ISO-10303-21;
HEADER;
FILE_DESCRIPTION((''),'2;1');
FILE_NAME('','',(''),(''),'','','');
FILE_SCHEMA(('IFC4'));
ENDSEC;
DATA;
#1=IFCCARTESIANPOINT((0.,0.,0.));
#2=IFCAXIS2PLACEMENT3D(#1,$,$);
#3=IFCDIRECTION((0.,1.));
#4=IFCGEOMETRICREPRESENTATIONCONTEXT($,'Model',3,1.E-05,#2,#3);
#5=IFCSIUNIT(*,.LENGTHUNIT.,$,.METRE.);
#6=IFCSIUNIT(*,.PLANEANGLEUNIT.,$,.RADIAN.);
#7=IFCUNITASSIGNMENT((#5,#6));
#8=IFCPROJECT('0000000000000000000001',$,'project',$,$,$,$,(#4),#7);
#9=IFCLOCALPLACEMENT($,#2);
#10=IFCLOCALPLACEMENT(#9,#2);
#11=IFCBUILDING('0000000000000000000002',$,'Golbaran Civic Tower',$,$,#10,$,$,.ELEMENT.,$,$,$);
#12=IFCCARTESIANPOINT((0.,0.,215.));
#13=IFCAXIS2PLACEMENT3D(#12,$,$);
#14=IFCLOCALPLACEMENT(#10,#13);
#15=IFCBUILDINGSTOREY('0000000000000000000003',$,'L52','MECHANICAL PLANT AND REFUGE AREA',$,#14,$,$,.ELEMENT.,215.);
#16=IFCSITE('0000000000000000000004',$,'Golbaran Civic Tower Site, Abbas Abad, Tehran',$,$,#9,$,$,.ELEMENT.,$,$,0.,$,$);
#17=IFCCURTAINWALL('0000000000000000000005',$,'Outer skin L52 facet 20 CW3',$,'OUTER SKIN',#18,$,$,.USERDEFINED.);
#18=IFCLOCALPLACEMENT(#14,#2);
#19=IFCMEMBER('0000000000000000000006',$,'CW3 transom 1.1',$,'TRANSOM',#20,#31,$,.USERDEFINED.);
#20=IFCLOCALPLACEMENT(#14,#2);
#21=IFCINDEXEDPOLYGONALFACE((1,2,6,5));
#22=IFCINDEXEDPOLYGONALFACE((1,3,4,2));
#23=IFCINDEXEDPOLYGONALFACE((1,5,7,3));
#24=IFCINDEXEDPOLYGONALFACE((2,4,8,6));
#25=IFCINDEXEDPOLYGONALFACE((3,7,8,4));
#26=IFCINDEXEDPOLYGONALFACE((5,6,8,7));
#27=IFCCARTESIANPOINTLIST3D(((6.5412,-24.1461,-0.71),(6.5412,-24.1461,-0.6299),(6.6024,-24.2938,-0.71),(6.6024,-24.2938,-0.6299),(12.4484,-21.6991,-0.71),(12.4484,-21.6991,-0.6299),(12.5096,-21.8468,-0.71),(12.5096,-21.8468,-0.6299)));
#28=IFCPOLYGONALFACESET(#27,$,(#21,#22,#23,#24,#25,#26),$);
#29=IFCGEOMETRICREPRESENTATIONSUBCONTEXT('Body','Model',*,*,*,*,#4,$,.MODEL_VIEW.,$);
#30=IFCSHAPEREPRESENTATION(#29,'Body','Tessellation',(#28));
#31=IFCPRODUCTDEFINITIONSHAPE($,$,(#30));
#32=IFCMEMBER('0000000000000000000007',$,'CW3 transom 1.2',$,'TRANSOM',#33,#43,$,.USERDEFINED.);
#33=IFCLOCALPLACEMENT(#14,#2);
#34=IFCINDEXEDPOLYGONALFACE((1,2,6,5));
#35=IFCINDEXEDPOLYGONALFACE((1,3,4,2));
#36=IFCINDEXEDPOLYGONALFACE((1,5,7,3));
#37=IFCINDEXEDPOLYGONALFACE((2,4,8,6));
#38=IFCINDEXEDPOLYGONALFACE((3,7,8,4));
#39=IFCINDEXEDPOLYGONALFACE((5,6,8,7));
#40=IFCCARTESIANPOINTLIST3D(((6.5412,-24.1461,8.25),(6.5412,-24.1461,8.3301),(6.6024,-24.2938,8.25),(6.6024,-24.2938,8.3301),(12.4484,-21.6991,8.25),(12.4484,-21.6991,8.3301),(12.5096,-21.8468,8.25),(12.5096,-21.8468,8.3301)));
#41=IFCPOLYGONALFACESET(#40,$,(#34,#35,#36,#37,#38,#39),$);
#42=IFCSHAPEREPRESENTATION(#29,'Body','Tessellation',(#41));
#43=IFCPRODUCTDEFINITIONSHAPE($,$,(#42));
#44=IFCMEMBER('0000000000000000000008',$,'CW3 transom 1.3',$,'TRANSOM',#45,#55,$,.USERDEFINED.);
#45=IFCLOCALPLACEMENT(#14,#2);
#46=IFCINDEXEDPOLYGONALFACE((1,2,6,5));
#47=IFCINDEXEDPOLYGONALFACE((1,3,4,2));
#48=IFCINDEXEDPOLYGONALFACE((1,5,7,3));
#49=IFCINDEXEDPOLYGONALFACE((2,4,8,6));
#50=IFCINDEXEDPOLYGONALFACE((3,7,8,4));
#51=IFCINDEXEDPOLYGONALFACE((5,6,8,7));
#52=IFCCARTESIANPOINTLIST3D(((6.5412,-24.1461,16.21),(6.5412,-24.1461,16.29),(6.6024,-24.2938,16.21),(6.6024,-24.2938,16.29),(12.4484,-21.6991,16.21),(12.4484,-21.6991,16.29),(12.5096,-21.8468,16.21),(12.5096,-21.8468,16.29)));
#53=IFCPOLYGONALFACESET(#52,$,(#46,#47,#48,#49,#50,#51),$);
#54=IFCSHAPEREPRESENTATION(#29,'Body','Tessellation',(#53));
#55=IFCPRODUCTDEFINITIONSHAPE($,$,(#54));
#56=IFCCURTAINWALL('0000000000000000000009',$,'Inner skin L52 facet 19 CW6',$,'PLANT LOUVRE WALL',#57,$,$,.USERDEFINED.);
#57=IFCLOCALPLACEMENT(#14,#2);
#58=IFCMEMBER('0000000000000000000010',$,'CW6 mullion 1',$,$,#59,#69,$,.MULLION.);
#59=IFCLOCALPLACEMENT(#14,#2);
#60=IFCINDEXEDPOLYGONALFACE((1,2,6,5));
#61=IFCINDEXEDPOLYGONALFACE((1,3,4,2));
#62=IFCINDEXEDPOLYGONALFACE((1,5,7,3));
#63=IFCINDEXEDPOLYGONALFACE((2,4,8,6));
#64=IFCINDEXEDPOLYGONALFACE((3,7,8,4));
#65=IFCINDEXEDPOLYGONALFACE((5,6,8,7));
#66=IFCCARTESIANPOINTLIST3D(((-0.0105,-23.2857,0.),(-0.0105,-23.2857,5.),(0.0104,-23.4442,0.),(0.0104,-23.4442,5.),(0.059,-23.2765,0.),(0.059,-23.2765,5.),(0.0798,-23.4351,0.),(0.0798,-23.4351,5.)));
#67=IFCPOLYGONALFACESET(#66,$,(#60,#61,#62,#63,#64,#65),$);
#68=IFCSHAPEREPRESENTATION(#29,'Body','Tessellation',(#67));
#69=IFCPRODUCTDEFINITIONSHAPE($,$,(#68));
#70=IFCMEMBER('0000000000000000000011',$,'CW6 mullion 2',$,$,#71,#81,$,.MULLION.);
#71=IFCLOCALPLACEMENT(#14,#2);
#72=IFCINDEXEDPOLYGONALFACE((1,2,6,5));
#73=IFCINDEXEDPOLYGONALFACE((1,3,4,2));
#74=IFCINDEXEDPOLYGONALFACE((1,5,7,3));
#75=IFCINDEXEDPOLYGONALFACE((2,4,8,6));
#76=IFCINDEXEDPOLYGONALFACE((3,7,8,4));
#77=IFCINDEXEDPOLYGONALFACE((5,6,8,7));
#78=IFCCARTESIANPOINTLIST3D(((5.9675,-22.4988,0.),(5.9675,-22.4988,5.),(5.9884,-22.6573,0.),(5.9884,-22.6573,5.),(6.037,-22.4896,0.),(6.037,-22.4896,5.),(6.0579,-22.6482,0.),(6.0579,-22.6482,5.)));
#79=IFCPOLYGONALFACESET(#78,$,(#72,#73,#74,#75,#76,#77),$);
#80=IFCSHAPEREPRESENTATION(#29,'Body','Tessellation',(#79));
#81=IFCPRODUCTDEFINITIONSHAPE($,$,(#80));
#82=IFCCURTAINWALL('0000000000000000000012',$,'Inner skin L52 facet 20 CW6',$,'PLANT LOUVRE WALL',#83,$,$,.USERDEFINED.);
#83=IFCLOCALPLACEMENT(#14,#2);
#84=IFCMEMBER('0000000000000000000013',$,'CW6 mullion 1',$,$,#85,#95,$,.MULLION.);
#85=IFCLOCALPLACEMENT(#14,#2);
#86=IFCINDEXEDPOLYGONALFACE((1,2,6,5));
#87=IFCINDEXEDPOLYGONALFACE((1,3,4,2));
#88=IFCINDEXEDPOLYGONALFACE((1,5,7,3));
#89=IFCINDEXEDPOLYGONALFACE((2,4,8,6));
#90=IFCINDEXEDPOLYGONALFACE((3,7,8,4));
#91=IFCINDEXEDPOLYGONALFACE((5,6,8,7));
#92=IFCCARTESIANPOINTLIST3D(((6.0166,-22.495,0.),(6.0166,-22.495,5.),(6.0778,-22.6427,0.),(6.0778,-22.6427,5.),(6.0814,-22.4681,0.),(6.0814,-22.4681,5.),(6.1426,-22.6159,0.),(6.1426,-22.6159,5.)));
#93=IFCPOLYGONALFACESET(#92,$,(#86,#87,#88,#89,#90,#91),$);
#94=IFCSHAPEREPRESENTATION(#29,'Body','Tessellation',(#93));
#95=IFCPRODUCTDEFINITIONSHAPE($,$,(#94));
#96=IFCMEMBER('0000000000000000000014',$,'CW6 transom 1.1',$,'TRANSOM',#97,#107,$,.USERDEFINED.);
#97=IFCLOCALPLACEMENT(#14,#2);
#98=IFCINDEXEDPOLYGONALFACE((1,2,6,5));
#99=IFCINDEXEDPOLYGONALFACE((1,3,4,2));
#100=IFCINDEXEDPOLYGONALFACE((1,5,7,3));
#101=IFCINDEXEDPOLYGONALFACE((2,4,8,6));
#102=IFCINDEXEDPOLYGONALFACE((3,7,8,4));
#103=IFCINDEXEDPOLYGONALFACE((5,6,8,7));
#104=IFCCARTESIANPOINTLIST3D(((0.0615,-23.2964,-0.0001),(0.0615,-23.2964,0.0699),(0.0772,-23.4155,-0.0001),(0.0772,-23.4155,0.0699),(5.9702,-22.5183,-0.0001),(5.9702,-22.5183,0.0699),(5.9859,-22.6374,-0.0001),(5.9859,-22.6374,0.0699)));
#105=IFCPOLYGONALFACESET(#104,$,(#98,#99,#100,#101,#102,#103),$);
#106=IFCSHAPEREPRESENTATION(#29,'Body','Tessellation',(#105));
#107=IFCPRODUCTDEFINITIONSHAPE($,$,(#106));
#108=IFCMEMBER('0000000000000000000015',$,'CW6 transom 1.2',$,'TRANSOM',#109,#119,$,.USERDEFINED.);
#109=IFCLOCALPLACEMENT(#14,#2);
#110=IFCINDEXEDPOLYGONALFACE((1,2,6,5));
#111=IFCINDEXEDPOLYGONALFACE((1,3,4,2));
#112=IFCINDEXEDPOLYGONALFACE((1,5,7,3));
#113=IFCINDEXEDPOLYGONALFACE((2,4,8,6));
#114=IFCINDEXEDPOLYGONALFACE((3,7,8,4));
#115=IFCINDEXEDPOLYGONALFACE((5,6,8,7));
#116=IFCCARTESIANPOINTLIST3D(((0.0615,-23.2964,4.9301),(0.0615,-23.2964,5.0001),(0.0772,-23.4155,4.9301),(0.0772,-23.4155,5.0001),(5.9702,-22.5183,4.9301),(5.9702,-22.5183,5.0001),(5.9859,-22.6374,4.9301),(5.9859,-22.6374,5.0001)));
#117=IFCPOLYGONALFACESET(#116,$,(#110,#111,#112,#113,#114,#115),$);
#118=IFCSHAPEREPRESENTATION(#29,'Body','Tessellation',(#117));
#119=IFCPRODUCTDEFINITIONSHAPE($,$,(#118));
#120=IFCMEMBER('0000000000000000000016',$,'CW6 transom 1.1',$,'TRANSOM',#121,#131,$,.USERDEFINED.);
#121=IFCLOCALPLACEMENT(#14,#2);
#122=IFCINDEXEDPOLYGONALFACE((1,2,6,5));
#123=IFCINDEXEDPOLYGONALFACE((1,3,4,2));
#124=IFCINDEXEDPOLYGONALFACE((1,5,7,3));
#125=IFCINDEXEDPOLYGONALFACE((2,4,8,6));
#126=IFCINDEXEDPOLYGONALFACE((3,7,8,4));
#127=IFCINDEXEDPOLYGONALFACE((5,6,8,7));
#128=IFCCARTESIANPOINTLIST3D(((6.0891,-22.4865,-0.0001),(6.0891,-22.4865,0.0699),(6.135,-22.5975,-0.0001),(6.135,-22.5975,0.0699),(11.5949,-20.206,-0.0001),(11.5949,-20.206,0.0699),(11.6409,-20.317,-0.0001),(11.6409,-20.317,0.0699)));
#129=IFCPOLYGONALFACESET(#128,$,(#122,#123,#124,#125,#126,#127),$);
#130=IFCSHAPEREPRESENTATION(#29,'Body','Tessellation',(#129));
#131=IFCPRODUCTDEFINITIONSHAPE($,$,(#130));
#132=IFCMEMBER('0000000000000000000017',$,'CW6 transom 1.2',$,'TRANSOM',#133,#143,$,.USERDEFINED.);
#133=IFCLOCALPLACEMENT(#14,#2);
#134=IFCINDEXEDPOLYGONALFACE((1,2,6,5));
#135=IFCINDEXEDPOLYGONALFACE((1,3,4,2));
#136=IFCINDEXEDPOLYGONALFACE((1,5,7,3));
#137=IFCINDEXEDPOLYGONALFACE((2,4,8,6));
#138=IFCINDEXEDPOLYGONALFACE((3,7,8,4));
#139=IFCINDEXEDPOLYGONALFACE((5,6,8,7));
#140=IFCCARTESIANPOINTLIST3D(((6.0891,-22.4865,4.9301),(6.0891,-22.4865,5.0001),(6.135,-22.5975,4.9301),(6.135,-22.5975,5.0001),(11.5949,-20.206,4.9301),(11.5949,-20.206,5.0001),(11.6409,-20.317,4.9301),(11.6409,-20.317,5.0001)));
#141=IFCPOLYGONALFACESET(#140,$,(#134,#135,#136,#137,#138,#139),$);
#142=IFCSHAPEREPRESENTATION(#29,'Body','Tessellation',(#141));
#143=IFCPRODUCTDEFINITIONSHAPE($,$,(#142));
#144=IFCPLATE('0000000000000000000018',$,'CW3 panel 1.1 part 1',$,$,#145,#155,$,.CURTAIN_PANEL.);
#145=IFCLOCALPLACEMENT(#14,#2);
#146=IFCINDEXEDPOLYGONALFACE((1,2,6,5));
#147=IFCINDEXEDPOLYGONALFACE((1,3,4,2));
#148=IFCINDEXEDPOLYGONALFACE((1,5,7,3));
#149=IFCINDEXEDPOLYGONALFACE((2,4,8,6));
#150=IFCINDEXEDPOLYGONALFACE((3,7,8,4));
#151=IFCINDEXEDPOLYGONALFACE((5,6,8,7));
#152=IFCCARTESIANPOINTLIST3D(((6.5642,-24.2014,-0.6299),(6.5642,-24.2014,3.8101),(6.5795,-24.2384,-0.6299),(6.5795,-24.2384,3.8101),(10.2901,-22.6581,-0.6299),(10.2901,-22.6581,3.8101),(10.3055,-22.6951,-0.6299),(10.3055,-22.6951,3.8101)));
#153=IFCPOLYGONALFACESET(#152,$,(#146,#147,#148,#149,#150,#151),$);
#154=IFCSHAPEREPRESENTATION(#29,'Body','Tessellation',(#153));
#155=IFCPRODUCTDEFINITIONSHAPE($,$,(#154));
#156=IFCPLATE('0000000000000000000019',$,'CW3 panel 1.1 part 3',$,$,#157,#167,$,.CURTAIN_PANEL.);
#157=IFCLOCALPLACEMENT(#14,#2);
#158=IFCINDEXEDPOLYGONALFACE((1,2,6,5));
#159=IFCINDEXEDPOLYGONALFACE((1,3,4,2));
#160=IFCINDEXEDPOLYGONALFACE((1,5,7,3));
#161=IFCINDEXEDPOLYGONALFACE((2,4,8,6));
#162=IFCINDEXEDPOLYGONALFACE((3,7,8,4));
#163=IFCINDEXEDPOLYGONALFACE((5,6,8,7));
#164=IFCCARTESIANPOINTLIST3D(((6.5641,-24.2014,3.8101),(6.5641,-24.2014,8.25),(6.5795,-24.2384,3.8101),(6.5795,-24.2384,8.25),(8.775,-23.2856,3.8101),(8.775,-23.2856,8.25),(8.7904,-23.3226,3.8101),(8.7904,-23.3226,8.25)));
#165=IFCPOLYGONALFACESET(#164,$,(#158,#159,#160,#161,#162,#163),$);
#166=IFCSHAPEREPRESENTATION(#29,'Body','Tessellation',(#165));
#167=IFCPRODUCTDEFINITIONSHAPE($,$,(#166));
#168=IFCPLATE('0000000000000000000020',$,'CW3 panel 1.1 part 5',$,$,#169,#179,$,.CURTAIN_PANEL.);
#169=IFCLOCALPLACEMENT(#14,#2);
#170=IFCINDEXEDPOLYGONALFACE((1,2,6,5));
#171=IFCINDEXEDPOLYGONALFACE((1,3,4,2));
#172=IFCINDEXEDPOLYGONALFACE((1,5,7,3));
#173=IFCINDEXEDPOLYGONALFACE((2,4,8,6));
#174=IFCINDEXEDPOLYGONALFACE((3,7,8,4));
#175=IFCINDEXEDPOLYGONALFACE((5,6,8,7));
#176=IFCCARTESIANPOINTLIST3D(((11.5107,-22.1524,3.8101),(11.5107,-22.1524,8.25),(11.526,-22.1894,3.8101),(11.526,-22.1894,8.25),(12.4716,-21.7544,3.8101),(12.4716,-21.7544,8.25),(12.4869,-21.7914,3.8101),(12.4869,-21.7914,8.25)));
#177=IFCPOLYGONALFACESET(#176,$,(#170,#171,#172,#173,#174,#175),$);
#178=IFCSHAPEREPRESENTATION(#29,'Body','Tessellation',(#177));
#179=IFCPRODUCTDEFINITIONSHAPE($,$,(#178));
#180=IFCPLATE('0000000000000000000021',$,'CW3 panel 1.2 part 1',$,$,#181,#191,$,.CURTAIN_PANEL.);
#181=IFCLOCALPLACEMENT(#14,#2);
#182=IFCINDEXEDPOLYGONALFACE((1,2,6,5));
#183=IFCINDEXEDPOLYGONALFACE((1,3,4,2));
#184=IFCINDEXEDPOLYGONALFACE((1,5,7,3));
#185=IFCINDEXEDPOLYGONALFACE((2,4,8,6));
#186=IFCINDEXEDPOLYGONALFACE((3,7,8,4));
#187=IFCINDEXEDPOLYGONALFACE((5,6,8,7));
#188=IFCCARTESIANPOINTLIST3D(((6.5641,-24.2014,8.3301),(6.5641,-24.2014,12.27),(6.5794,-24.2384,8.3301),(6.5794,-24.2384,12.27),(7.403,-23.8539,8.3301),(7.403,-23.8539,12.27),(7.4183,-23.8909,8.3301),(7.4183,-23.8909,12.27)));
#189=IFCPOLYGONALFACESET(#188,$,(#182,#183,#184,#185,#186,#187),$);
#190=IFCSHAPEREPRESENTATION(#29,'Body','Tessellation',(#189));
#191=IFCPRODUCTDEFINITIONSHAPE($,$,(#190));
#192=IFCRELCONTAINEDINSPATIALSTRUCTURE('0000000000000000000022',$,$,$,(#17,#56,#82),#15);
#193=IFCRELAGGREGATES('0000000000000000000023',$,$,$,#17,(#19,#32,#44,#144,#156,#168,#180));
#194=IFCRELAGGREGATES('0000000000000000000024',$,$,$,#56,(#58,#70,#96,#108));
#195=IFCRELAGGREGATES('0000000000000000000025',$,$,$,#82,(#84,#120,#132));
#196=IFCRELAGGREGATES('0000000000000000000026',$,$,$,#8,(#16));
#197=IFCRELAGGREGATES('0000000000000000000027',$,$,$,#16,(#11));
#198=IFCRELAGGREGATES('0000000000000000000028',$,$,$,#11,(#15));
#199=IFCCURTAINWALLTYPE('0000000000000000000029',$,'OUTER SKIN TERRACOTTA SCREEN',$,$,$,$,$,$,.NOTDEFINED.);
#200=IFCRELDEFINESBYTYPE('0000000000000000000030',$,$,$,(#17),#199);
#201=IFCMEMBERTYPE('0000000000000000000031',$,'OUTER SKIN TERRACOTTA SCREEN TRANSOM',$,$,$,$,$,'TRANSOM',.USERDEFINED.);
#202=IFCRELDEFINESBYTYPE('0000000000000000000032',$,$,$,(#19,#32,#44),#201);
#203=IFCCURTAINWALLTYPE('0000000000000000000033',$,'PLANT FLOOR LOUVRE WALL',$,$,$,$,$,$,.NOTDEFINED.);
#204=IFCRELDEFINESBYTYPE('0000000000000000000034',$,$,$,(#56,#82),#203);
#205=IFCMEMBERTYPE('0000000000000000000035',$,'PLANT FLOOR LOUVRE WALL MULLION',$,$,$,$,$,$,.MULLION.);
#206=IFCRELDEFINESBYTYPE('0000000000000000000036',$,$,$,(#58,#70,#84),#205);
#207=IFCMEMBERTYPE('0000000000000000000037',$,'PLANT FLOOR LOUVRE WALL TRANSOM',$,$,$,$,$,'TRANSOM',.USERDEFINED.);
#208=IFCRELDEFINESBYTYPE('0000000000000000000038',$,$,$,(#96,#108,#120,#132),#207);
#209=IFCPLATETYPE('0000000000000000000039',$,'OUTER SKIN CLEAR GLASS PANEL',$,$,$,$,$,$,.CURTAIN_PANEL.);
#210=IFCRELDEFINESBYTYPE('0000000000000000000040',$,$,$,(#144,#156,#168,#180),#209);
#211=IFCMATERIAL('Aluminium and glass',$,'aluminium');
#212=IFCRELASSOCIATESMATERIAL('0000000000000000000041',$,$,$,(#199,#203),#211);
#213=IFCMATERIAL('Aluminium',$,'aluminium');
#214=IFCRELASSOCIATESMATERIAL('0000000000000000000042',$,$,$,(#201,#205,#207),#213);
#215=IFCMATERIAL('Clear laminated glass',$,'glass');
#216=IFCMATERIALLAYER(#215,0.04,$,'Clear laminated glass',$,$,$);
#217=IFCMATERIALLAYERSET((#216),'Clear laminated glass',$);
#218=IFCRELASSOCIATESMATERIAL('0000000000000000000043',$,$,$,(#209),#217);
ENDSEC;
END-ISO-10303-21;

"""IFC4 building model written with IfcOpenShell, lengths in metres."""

from ifc_helpers import new_model, si_unit, direction, frame, origin, origin_2d, place, context, subcontext, project, spatial, rectangle, extrude, material, layer, layer_set, material_profile, profile_set, type_object, element, aggregate, save


model = new_model("IFC4")

# Units and contexts
model_context = context("Model", 3, precision=1e-05, world=origin(), true_north=direction((0.0, 1.0)))
body_context = subcontext(model_context, "Body", "Model", "MODEL_VIEW")
ifc_project = project(units=[si_unit("LENGTHUNIT", "METRE"), si_unit("PLANEANGLEUNIT", "RADIAN")], contexts=[model_context])

# Site, building, storey
site_placement = place(None, origin())
site = spatial("IfcSite", under=ifc_project, at=site_placement, Name="Golbaran Civic Tower Site, Abbas Abad, Tehran", CompositionType="ELEMENT", RefElevation=0.0)
building_placement = place(site_placement, origin())
building = spatial("IfcBuilding", under=site, at=building_placement, Name="Golbaran Civic Tower", CompositionType="ELEMENT")
storey_placement = place(building_placement, frame((0.0, 0.0, 215.0)))
storey = spatial("IfcBuildingStorey", under=building, at=storey_placement, Name="L52", Description="MECHANICAL PLANT AND REFUGE AREA", CompositionType="ELEMENT", Elevation=215.0)

# Curtain wall
ifc_material_1 = material(Name="Aluminium and glass", Category="aluminium")
curtain_wall_type_1 = type_object("IfcCurtainWallType", Name="OUTER SKIN TERRACOTTA SCREEN", PredefinedType="NOTDEFINED", material=ifc_material_1)
ifc_material_2 = material(Name="Aluminium", Category="aluminium")
curtain_wall_1_placement = place(storey_placement, origin())
curtain_wall_1 = element("IfcCurtainWall", 1, at=curtain_wall_1_placement, inside=storey, type_object=curtain_wall_type_1, Name="Outer skin L52 facet 20 CW3", ObjectType="OUTER SKIN", PredefinedType="USERDEFINED")

# Members
ifc_material_profile_1 = material_profile(ifc_material_2, rectangle(XDim=0.1599, YDim=0.0801, at=origin_2d()), Name="OUTER SKIN TERRACOTTA SCREEN TRANSOM")
ifc_profile_set_1 = profile_set([ifc_material_profile_1], Name="Aluminium")
member_type_1 = type_object("IfcMemberType", Name="OUTER SKIN TERRACOTTA SCREEN TRANSOM", ElementType="TRANSOM", PredefinedType="USERDEFINED", material=ifc_profile_set_1)
member_1_placement = place(storey_placement, frame((6.5718, -24.22, -0.6699), z_axis=(0.92387, 0.382706, 0.0), x_axis=(-0.382706, 0.92387, 0.0)))
member_1 = element("IfcMember", 2, at=member_1_placement, type_object=member_type_1, Name="CW3 transom 1.1", ObjectType="TRANSOM", PredefinedType="USERDEFINED", context=body_context, shape_type="SweptSolid", body=[
    extrude(rectangle(XDim=0.1599, YDim=0.0801, at=origin_2d()), origin(), (0.0, 0.0, 1.0), 6.394),
])
member_2_placement = place(storey_placement, frame((6.5718, -24.22, 8.29), z_axis=(0.92387, 0.382706, 0.0), x_axis=(-0.382706, 0.92387, 0.0)))
member_2 = element("IfcMember", 3, at=member_2_placement, type_object=member_type_1, Name="CW3 transom 1.2", ObjectType="TRANSOM", PredefinedType="USERDEFINED", context=body_context, shape_type="SweptSolid", body=[
    extrude(rectangle(XDim=0.1599, YDim=0.0801, at=origin_2d()), origin(), (0.0, 0.0, 1.0), 6.394),
])
member_3_placement = place(storey_placement, frame((6.5718, -24.22, 16.25), z_axis=(0.92387, 0.382706, 0.0), x_axis=(-0.382706, 0.92387, 0.0)))
member_3 = element("IfcMember", 4, at=member_3_placement, type_object=member_type_1, Name="CW3 transom 1.3", ObjectType="TRANSOM", PredefinedType="USERDEFINED", context=body_context, shape_type="SweptSolid", body=[
    extrude(rectangle(XDim=0.1599, YDim=0.0801, at=origin_2d()), origin(), (0.0, 0.0, 1.0), 6.394),
])

# Curtain wall, members
curtain_wall_type_2 = type_object("IfcCurtainWallType", Name="PLANT FLOOR LOUVRE WALL", PredefinedType="NOTDEFINED", material=ifc_material_1)
curtain_wall_2_placement = place(storey_placement, origin())
curtain_wall_2 = element("IfcCurtainWall", 5, at=curtain_wall_2_placement, inside=storey, type_object=curtain_wall_type_2, Name="Inner skin L52 facet 19 CW6", ObjectType="PLANT LOUVRE WALL", PredefinedType="USERDEFINED")
ifc_material_profile_2 = material_profile(ifc_material_2, rectangle(XDim=0.1599, YDim=0.0701, at=origin_2d()), Name="PLANT FLOOR LOUVRE WALL MULLION")
ifc_profile_set_2 = profile_set([ifc_material_profile_2], Name="Aluminium")
member_type_2 = type_object("IfcMemberType", Name="PLANT FLOOR LOUVRE WALL MULLION", PredefinedType="MULLION", material=ifc_profile_set_2)
member_4_placement = place(storey_placement, frame((0.0347, -23.3604, 0.0), z_axis=(0.0, 0.0, 1.0), x_axis=(-0.130526, 0.991445, 0.0)))
member_4 = element("IfcMember", 6, at=member_4_placement, type_object=member_type_2, Name="CW6 mullion 1", PredefinedType="MULLION", context=body_context, shape_type="SweptSolid", body=[
    extrude(rectangle(XDim=0.1599, YDim=0.0701, at=origin_2d()), origin(), (0.0, 0.0, 1.0), 5.0),
])
member_5_placement = place(storey_placement, frame((6.0127, -22.5735, 0.0), z_axis=(0.0, 0.0, 1.0), x_axis=(-0.130526, 0.991445, 0.0)))
member_5 = element("IfcMember", 7, at=member_5_placement, type_object=member_type_2, Name="CW6 mullion 2", PredefinedType="MULLION", context=body_context, shape_type="SweptSolid", body=[
    extrude(rectangle(XDim=0.1599, YDim=0.0701, at=origin_2d()), origin(), (0.0, 0.0, 1.0), 5.0),
])

# Curtain wall, member
curtain_wall_3_placement = place(storey_placement, origin())
curtain_wall_3 = element("IfcCurtainWall", 8, at=curtain_wall_3_placement, inside=storey, type_object=curtain_wall_type_2, Name="Inner skin L52 facet 20 CW6", ObjectType="PLANT LOUVRE WALL", PredefinedType="USERDEFINED")
member_6_placement = place(storey_placement, frame((6.0796, -22.5554, 0.0), z_axis=(0.0, 0.0, 1.0), x_axis=(-0.382683, 0.92388, 0.0)))
member_6 = element("IfcMember", 9, at=member_6_placement, type_object=member_type_2, Name="CW6 mullion 1", PredefinedType="MULLION", context=body_context, shape_type="SweptSolid", body=[
    extrude(rectangle(XDim=0.1599, YDim=0.0701, at=origin_2d()), origin(), (0.0, 0.0, 1.0), 5.0),
])

# Members
ifc_material_profile_3 = material_profile(ifc_material_2, rectangle(XDim=0.1201, YDim=0.0701, at=origin_2d()), Name="PLANT FLOOR LOUVRE WALL TRANSOM")
ifc_profile_set_3 = profile_set([ifc_material_profile_3], Name="Aluminium")
member_type_3 = type_object("IfcMemberType", Name="PLANT FLOOR LOUVRE WALL TRANSOM", ElementType="TRANSOM", PredefinedType="USERDEFINED", material=ifc_profile_set_3)
member_7_placement = place(storey_placement, frame((0.0693, -23.356, 0.0349), z_axis=(0.991441, 0.130556, 0.0), x_axis=(-0.130556, 0.991441, 0.0)))
member_7 = element("IfcMember", 10, at=member_7_placement, type_object=member_type_3, Name="CW6 transom 1.1", ObjectType="TRANSOM", PredefinedType="USERDEFINED", context=body_context, shape_type="SweptSolid", body=[
    extrude(rectangle(XDim=0.1201, YDim=0.0701, at=origin_2d()), origin(), (0.0, 0.0, 1.0), 5.9597),
])
member_8_placement = place(storey_placement, frame((0.0693, -23.356, 4.9651), z_axis=(0.991441, 0.130556, 0.0), x_axis=(-0.130556, 0.991441, 0.0)))
member_8 = element("IfcMember", 11, at=member_8_placement, type_object=member_type_3, Name="CW6 transom 1.2", ObjectType="TRANSOM", PredefinedType="USERDEFINED", context=body_context, shape_type="SweptSolid", body=[
    extrude(rectangle(XDim=0.1201, YDim=0.0701, at=origin_2d()), origin(), (0.0, 0.0, 1.0), 5.9597),
])
member_9_placement = place(storey_placement, frame((6.1121, -22.542, 0.0349), z_axis=(0.923885, 0.382671, 0.0), x_axis=(-0.382671, 0.923885, 0.0)))
member_9 = element("IfcMember", 12, at=member_9_placement, type_object=member_type_3, Name="CW6 transom 1.1", ObjectType="TRANSOM", PredefinedType="USERDEFINED", context=body_context, shape_type="SweptSolid", body=[
    extrude(rectangle(XDim=0.1201, YDim=0.0701, at=origin_2d()), origin(), (0.0, 0.0, 1.0), 5.9595),
])
member_10_placement = place(storey_placement, frame((6.1121, -22.542, 4.9651), z_axis=(0.923885, 0.382671, 0.0), x_axis=(-0.382671, 0.923885, 0.0)))
member_10 = element("IfcMember", 13, at=member_10_placement, type_object=member_type_3, Name="CW6 transom 1.2", ObjectType="TRANSOM", PredefinedType="USERDEFINED", context=body_context, shape_type="SweptSolid", body=[
    extrude(rectangle(XDim=0.1201, YDim=0.0701, at=origin_2d()), origin(), (0.0, 0.0, 1.0), 5.9595),
])

# Plates
ifc_material_3 = material(Name="Clear laminated glass", Category="glass")
ifc_layer_1 = layer(ifc_material_3, 0.04, Name="Clear laminated glass")
ifc_layer_set_1 = layer_set([ifc_layer_1], Name="Clear laminated glass")
plate_type_1 = type_object("IfcPlateType", Name="OUTER SKIN CLEAR GLASS PANEL", PredefinedType="CURTAIN_PANEL", material=ifc_layer_set_1)
plate_1_placement = place(storey_placement, frame((8.4348, -23.4482, -0.6299), z_axis=(0.0, 0.0, 1.0), x_axis=(0.92388, 0.382683, 0.0)))
plate_1 = element("IfcPlate", 14, at=plate_1_placement, type_object=plate_type_1, Name="CW3 panel 1.1 part 1", PredefinedType="CURTAIN_PANEL", context=body_context, shape_type="SweptSolid", body=[
    extrude(rectangle(XDim=4.033, YDim=0.04, at=origin_2d()), origin(), (0.0, 0.0, 1.0), 4.4399),
])
plate_2_placement = place(storey_placement, frame((7.6772, -23.762, 3.8101), z_axis=(0.0, 0.0, 1.0), x_axis=(0.92388, 0.382683, 0.0)))
plate_2 = element("IfcPlate", 15, at=plate_2_placement, type_object=plate_type_1, Name="CW3 panel 1.1 part 3", PredefinedType="CURTAIN_PANEL", context=body_context, shape_type="SweptSolid", body=[
    extrude(rectangle(XDim=2.3931, YDim=0.04, at=origin_2d()), origin(), (0.0, 0.0, 1.0), 4.4399),
])
plate_3_placement = place(storey_placement, frame((11.9988, -21.9719, 3.8101), z_axis=(0.0, 0.0, 1.0), x_axis=(0.92388, 0.382683, 0.0)))
plate_3 = element("IfcPlate", 16, at=plate_3_placement, type_object=plate_type_1, Name="CW3 panel 1.1 part 5", PredefinedType="CURTAIN_PANEL", context=body_context, shape_type="SweptSolid", body=[
    extrude(rectangle(XDim=1.04, YDim=0.04, at=origin_2d()), origin(), (0.0, 0.0, 1.0), 4.4399),
])
plate_4_placement = place(storey_placement, frame((6.9912, -24.0461, 8.3301), z_axis=(0.0, 0.0, 1.0), x_axis=(0.92388, 0.382683, 0.0)))
plate_4 = element("IfcPlate", 17, at=plate_4_placement, type_object=plate_type_1, Name="CW3 panel 1.2 part 1", PredefinedType="CURTAIN_PANEL", context=body_context, shape_type="SweptSolid", body=[
    extrude(rectangle(XDim=0.908, YDim=0.04, at=origin_2d()), origin(), (0.0, 0.0, 1.0), 3.9399),
])
aggregate(curtain_wall_1, [member_1, member_2, member_3, plate_1, plate_2, plate_3, plate_4])
aggregate(curtain_wall_2, [member_4, member_5, member_7, member_8])
aggregate(curtain_wall_3, [member_6, member_9, member_10])

save(model, "model.ifc")
